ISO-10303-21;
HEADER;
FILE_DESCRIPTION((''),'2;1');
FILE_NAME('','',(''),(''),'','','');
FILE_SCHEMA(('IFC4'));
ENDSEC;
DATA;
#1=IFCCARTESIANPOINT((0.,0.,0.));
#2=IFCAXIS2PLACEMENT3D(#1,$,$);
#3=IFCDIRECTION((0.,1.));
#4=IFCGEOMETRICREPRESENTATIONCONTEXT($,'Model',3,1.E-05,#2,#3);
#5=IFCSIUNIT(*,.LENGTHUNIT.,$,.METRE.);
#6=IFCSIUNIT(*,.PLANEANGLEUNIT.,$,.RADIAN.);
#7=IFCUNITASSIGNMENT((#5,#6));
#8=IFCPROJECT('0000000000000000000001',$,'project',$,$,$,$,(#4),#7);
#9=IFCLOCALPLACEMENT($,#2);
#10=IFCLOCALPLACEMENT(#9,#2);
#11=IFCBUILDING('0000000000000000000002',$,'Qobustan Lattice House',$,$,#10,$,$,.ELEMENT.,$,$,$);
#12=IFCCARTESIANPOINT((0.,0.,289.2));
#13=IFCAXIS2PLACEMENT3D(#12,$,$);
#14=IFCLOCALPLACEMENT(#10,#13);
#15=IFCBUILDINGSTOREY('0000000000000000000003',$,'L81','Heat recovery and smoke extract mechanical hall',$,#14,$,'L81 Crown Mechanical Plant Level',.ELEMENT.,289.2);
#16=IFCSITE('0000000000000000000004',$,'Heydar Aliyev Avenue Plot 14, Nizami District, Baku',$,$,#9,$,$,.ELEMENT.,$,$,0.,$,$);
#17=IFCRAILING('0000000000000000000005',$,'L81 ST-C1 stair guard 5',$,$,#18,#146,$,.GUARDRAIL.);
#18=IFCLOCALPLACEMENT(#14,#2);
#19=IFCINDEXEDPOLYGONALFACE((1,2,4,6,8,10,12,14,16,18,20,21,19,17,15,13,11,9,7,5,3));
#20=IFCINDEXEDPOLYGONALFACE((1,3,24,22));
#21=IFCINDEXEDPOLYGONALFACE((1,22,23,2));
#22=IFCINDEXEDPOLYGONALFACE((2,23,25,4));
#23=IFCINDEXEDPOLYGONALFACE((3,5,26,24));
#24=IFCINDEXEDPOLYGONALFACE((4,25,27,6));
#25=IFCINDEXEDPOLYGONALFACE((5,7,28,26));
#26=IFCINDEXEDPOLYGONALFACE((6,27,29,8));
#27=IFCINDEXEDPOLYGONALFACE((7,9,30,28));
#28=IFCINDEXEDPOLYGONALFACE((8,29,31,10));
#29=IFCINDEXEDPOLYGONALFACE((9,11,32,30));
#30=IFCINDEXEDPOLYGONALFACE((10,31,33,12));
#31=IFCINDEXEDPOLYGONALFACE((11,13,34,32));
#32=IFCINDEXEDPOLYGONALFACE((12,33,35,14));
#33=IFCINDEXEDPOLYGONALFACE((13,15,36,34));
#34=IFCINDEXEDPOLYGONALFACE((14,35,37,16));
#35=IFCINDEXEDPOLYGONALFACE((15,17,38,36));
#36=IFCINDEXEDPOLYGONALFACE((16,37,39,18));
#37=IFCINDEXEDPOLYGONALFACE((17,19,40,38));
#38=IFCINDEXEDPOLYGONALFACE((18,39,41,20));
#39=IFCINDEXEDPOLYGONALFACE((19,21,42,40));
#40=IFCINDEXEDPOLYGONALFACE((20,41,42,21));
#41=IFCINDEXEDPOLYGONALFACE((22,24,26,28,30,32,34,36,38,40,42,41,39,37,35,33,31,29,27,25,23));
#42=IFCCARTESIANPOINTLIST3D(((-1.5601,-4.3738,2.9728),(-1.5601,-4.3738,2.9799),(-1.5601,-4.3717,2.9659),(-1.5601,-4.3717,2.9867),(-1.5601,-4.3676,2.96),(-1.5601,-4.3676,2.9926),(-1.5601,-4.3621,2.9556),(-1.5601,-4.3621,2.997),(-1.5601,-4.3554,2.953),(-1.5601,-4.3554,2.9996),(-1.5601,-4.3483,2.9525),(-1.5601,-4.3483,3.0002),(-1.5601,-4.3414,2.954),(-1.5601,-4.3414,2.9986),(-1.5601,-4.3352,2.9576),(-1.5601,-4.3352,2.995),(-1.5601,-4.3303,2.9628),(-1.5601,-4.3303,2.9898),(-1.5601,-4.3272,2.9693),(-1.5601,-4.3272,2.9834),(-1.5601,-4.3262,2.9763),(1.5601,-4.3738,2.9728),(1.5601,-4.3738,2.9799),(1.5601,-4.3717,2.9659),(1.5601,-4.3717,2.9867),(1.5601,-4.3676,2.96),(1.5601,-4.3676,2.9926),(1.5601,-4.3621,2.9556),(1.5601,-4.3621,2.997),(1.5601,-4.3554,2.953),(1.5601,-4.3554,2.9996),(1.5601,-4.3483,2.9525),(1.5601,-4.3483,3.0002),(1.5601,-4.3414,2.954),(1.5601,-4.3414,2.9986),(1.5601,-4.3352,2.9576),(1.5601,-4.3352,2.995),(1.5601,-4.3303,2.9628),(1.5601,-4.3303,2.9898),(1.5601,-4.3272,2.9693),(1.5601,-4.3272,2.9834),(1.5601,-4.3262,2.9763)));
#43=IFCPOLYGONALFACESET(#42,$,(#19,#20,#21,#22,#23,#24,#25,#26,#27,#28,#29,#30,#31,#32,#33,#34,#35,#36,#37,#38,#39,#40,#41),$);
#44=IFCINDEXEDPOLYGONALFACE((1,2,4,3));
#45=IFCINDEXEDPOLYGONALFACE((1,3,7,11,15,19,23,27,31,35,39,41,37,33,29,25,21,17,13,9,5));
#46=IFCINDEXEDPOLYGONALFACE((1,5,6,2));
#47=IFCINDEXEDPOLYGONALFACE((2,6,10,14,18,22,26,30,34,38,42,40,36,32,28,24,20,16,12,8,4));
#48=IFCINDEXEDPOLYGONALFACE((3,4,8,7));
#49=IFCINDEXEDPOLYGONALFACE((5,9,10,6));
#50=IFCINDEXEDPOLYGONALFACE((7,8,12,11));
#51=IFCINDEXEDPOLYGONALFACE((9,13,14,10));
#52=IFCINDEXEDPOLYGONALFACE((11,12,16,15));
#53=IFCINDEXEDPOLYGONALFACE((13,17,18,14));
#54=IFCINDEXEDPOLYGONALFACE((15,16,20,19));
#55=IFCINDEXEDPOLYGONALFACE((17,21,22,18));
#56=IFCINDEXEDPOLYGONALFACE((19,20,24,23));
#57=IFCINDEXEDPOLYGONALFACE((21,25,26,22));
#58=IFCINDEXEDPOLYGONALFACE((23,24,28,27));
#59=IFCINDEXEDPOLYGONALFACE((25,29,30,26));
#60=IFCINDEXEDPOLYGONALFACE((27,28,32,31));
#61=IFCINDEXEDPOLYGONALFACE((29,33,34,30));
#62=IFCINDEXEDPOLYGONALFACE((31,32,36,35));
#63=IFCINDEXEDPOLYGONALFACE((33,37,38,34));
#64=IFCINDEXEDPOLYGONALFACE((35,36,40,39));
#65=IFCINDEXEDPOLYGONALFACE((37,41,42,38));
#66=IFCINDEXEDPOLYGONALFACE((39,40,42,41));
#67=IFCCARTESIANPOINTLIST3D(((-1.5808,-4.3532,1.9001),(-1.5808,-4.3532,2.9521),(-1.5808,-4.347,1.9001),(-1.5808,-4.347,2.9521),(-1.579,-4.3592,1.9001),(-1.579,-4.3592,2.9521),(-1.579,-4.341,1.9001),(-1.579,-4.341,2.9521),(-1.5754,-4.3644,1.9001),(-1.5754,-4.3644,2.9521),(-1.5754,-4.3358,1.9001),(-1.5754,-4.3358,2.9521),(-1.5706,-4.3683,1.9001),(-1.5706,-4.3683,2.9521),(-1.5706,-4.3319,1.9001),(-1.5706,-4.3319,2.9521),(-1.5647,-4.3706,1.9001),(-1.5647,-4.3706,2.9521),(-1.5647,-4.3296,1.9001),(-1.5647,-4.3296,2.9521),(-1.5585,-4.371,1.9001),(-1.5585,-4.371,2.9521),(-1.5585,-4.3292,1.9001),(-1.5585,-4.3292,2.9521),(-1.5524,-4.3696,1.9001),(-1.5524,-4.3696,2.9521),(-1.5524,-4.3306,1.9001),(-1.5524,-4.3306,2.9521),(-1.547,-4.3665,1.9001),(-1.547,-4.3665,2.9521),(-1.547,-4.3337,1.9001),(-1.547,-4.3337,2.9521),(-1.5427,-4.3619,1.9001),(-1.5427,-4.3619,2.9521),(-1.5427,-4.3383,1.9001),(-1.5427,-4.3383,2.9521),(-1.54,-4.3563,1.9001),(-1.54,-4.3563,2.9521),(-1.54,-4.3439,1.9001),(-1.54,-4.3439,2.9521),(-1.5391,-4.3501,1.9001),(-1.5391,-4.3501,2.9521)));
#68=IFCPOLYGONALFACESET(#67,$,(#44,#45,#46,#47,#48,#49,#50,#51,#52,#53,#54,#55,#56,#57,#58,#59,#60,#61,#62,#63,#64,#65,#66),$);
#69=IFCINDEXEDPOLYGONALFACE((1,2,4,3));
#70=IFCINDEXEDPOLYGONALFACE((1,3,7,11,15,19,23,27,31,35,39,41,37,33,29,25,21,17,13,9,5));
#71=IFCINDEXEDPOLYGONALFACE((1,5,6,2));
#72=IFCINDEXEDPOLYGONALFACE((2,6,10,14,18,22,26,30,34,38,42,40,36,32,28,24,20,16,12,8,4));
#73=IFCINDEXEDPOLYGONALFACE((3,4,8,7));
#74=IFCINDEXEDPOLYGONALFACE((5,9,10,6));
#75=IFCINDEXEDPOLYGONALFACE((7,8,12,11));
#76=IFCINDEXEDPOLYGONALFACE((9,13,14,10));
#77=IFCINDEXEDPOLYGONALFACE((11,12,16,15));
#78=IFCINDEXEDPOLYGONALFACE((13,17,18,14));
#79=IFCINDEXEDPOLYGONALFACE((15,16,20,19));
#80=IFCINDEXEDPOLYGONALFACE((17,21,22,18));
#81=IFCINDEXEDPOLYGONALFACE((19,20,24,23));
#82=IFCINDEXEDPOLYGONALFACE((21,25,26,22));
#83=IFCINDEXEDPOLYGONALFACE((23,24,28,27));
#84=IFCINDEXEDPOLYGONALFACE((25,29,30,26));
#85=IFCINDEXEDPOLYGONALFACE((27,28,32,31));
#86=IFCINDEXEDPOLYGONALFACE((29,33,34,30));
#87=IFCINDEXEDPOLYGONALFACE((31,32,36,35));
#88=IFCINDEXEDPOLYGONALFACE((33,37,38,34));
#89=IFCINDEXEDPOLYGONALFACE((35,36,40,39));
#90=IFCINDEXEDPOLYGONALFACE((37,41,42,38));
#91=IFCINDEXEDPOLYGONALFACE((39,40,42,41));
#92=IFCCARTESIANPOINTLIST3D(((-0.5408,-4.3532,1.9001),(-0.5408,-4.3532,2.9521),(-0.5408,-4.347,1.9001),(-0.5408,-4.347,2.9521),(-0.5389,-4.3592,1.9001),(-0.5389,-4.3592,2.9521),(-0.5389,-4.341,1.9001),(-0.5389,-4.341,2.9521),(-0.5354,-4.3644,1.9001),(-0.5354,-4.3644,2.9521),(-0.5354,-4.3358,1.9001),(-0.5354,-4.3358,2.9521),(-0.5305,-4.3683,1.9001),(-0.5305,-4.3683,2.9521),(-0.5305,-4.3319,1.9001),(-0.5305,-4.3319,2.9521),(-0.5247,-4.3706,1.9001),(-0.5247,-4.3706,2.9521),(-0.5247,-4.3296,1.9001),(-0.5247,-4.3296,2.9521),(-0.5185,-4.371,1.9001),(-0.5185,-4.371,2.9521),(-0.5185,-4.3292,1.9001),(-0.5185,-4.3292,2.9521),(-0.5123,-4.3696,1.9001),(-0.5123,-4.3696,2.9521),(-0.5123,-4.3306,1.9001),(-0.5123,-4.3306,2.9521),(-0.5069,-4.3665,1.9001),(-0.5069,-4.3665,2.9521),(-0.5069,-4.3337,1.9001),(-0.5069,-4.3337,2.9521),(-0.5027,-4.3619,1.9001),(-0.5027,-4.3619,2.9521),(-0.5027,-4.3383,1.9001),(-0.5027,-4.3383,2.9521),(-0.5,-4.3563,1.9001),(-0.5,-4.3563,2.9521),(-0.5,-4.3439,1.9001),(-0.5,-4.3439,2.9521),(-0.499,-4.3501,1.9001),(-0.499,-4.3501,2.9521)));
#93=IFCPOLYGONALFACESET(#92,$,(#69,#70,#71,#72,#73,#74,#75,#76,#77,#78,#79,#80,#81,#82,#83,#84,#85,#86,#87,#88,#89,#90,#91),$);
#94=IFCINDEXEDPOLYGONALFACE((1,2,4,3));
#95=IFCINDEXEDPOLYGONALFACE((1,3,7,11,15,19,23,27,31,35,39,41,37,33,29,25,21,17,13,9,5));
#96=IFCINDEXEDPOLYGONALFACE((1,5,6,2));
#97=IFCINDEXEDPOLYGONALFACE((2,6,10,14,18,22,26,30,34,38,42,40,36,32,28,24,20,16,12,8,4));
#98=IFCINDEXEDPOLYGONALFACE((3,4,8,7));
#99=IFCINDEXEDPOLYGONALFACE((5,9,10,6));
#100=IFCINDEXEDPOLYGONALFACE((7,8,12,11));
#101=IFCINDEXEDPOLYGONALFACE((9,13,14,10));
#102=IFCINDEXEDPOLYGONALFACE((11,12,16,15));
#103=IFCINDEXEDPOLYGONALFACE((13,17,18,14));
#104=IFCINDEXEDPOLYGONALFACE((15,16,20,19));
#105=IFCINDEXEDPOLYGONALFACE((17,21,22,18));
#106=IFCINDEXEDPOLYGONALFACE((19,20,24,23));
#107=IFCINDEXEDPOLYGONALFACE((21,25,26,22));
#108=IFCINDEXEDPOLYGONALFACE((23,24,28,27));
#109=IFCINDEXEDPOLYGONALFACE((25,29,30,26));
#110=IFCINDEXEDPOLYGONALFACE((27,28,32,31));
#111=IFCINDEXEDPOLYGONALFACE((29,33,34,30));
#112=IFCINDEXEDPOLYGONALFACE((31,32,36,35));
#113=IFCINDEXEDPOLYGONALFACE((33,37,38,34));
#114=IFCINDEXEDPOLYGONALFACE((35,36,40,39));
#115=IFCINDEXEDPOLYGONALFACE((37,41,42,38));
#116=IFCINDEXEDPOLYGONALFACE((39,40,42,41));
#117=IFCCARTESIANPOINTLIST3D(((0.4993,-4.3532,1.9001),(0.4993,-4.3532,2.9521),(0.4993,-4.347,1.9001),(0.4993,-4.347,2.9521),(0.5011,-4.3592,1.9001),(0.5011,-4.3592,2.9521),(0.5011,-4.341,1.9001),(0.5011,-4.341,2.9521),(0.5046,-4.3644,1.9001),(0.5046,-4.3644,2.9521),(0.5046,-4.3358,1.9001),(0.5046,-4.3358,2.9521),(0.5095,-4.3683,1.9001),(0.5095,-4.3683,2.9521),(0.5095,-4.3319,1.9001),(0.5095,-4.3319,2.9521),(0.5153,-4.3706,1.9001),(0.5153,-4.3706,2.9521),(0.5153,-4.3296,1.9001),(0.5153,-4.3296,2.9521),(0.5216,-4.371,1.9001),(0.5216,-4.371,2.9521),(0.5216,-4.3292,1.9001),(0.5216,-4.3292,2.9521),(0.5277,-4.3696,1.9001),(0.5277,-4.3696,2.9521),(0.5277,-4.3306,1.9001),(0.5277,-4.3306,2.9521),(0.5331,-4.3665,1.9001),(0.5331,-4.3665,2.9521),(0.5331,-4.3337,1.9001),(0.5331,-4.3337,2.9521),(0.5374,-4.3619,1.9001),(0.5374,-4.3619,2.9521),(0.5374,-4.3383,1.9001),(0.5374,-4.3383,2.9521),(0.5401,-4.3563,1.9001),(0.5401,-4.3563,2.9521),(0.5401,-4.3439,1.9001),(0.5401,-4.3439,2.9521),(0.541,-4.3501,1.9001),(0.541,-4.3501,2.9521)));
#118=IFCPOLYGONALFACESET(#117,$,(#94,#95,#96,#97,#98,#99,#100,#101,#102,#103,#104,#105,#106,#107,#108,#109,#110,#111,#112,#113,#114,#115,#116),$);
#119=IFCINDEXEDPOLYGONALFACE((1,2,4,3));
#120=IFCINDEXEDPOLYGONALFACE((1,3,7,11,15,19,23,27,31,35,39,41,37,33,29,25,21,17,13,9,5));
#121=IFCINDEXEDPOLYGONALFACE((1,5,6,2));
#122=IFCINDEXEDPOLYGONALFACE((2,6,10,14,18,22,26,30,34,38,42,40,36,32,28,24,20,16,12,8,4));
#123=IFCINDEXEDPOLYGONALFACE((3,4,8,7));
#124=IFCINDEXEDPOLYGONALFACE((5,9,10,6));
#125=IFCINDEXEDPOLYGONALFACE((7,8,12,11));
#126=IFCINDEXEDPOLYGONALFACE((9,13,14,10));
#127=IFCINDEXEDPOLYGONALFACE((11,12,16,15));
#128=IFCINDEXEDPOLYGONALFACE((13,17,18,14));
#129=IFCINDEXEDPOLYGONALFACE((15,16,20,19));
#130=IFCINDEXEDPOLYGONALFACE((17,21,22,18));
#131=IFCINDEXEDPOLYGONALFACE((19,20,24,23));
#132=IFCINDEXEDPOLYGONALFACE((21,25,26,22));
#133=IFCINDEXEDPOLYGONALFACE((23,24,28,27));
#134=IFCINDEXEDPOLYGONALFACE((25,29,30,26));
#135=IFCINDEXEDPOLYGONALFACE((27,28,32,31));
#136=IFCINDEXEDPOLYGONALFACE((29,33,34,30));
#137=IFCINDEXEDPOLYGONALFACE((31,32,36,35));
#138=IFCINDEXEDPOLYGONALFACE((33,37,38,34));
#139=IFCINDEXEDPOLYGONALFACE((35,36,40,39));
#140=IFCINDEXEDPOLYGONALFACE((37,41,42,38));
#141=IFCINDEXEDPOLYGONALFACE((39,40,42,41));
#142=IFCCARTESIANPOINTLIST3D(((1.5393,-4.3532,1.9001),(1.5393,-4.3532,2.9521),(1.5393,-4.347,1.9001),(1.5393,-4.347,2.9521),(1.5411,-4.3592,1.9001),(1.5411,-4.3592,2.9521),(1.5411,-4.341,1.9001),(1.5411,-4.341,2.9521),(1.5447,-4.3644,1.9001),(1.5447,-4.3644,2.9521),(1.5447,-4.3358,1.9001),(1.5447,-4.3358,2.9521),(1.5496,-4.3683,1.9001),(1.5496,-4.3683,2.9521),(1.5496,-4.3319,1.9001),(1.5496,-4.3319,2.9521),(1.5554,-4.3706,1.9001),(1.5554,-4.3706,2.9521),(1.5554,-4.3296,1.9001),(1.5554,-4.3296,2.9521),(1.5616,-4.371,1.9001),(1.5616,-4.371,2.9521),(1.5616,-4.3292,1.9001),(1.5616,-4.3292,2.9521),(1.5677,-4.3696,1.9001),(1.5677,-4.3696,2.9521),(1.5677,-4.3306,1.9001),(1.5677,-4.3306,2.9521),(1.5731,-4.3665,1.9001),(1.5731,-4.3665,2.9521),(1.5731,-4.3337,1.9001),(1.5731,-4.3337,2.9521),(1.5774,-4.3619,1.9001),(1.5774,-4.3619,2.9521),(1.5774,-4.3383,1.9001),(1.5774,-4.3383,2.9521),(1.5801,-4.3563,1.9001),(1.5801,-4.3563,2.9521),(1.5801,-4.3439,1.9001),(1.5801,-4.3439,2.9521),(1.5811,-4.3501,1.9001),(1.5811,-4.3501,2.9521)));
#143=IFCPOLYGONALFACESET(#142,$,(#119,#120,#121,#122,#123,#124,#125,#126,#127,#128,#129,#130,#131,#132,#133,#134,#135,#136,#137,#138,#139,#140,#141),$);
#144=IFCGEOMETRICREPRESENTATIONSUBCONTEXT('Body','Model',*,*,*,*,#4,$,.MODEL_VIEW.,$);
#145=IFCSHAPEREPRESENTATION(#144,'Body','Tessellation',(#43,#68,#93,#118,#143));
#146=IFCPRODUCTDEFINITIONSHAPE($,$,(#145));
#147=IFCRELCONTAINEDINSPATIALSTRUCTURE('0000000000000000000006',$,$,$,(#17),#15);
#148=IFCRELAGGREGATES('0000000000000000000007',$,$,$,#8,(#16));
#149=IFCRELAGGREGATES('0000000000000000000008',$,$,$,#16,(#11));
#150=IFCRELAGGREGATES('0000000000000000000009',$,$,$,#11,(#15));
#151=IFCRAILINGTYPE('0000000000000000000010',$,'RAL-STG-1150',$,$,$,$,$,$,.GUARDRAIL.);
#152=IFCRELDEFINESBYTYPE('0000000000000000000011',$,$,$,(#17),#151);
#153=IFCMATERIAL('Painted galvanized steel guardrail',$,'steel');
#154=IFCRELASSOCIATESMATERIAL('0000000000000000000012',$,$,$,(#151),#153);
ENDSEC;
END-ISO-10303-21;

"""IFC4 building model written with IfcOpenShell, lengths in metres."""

from ifc_helpers import new_model, si_unit, direction, frame, origin, origin_2d, place, context, subcontext, project, spatial, circle, extrude, material, type_object, element, save


model = new_model("IFC4")

# Units and contexts
model_context = context("Model", 3, precision=1e-05, world=origin(), true_north=direction((0.0, 1.0)))
body_context = subcontext(model_context, "Body", "Model", "MODEL_VIEW")
ifc_project = project(units=[si_unit("LENGTHUNIT", "METRE"), si_unit("PLANEANGLEUNIT", "RADIAN")], contexts=[model_context])

# Site, building, storey
site_placement = place(None, origin())
site = spatial("IfcSite", under=ifc_project, at=site_placement, Name="Heydar Aliyev Avenue Plot 14, Nizami District, Baku", CompositionType="ELEMENT", RefElevation=0.0)
building_placement = place(site_placement, origin())
building = spatial("IfcBuilding", under=site, at=building_placement, Name="Qobustan Lattice House", CompositionType="ELEMENT")
storey_placement = place(building_placement, frame((0.0, 0.0, 289.2)))
storey = spatial("IfcBuildingStorey", under=building, at=storey_placement, Name="L81", Description="Heat recovery and smoke extract mechanical hall", LongName="L81 Crown Mechanical Plant Level", CompositionType="ELEMENT", Elevation=289.2)

# Railing
ifc_material_1 = material(Name="Painted galvanized steel guardrail", Category="steel")
railing_type = type_object("IfcRailingType", Name="RAL-STG-1150", PredefinedType="GUARDRAIL", material=ifc_material_1)
railing_1_placement = place(storey_placement, frame((-1.5601, -4.3501, 1.9001)))
element("IfcRailing", 1, at=railing_1_placement, inside=storey, type_object=railing_type, Name="L81 ST-C1 stair guard 5", PredefinedType="GUARDRAIL", context=body_context, shape_type="SweptSolid", body=[
    extrude(circle(Radius=0.0239, at=origin_2d()), frame((0.0, 0.0, 1.0762), z_axis=(1.0, 0.0, 0.0), x_axis=(0.0, 1.0, 0.0)), (0.0, 0.0, 1.0), 3.1201),
    extrude(circle(Radius=0.021, at=origin_2d()), origin(), (0.0, 0.0, 1.0), 1.052),
    extrude(circle(Radius=0.021, at=origin_2d()), frame((1.04, 0.0, 0.0)), (0.0, 0.0, 1.0), 1.052),
    extrude(circle(Radius=0.021, at=origin_2d()), frame((2.0801, 0.0, 0.0)), (0.0, 0.0, 1.0), 1.052),
    extrude(circle(Radius=0.021, at=origin_2d()), frame((3.1201, 0.0, 0.0)), (0.0, 0.0, 1.0), 1.052),
])

save(model, "model.ifc")
